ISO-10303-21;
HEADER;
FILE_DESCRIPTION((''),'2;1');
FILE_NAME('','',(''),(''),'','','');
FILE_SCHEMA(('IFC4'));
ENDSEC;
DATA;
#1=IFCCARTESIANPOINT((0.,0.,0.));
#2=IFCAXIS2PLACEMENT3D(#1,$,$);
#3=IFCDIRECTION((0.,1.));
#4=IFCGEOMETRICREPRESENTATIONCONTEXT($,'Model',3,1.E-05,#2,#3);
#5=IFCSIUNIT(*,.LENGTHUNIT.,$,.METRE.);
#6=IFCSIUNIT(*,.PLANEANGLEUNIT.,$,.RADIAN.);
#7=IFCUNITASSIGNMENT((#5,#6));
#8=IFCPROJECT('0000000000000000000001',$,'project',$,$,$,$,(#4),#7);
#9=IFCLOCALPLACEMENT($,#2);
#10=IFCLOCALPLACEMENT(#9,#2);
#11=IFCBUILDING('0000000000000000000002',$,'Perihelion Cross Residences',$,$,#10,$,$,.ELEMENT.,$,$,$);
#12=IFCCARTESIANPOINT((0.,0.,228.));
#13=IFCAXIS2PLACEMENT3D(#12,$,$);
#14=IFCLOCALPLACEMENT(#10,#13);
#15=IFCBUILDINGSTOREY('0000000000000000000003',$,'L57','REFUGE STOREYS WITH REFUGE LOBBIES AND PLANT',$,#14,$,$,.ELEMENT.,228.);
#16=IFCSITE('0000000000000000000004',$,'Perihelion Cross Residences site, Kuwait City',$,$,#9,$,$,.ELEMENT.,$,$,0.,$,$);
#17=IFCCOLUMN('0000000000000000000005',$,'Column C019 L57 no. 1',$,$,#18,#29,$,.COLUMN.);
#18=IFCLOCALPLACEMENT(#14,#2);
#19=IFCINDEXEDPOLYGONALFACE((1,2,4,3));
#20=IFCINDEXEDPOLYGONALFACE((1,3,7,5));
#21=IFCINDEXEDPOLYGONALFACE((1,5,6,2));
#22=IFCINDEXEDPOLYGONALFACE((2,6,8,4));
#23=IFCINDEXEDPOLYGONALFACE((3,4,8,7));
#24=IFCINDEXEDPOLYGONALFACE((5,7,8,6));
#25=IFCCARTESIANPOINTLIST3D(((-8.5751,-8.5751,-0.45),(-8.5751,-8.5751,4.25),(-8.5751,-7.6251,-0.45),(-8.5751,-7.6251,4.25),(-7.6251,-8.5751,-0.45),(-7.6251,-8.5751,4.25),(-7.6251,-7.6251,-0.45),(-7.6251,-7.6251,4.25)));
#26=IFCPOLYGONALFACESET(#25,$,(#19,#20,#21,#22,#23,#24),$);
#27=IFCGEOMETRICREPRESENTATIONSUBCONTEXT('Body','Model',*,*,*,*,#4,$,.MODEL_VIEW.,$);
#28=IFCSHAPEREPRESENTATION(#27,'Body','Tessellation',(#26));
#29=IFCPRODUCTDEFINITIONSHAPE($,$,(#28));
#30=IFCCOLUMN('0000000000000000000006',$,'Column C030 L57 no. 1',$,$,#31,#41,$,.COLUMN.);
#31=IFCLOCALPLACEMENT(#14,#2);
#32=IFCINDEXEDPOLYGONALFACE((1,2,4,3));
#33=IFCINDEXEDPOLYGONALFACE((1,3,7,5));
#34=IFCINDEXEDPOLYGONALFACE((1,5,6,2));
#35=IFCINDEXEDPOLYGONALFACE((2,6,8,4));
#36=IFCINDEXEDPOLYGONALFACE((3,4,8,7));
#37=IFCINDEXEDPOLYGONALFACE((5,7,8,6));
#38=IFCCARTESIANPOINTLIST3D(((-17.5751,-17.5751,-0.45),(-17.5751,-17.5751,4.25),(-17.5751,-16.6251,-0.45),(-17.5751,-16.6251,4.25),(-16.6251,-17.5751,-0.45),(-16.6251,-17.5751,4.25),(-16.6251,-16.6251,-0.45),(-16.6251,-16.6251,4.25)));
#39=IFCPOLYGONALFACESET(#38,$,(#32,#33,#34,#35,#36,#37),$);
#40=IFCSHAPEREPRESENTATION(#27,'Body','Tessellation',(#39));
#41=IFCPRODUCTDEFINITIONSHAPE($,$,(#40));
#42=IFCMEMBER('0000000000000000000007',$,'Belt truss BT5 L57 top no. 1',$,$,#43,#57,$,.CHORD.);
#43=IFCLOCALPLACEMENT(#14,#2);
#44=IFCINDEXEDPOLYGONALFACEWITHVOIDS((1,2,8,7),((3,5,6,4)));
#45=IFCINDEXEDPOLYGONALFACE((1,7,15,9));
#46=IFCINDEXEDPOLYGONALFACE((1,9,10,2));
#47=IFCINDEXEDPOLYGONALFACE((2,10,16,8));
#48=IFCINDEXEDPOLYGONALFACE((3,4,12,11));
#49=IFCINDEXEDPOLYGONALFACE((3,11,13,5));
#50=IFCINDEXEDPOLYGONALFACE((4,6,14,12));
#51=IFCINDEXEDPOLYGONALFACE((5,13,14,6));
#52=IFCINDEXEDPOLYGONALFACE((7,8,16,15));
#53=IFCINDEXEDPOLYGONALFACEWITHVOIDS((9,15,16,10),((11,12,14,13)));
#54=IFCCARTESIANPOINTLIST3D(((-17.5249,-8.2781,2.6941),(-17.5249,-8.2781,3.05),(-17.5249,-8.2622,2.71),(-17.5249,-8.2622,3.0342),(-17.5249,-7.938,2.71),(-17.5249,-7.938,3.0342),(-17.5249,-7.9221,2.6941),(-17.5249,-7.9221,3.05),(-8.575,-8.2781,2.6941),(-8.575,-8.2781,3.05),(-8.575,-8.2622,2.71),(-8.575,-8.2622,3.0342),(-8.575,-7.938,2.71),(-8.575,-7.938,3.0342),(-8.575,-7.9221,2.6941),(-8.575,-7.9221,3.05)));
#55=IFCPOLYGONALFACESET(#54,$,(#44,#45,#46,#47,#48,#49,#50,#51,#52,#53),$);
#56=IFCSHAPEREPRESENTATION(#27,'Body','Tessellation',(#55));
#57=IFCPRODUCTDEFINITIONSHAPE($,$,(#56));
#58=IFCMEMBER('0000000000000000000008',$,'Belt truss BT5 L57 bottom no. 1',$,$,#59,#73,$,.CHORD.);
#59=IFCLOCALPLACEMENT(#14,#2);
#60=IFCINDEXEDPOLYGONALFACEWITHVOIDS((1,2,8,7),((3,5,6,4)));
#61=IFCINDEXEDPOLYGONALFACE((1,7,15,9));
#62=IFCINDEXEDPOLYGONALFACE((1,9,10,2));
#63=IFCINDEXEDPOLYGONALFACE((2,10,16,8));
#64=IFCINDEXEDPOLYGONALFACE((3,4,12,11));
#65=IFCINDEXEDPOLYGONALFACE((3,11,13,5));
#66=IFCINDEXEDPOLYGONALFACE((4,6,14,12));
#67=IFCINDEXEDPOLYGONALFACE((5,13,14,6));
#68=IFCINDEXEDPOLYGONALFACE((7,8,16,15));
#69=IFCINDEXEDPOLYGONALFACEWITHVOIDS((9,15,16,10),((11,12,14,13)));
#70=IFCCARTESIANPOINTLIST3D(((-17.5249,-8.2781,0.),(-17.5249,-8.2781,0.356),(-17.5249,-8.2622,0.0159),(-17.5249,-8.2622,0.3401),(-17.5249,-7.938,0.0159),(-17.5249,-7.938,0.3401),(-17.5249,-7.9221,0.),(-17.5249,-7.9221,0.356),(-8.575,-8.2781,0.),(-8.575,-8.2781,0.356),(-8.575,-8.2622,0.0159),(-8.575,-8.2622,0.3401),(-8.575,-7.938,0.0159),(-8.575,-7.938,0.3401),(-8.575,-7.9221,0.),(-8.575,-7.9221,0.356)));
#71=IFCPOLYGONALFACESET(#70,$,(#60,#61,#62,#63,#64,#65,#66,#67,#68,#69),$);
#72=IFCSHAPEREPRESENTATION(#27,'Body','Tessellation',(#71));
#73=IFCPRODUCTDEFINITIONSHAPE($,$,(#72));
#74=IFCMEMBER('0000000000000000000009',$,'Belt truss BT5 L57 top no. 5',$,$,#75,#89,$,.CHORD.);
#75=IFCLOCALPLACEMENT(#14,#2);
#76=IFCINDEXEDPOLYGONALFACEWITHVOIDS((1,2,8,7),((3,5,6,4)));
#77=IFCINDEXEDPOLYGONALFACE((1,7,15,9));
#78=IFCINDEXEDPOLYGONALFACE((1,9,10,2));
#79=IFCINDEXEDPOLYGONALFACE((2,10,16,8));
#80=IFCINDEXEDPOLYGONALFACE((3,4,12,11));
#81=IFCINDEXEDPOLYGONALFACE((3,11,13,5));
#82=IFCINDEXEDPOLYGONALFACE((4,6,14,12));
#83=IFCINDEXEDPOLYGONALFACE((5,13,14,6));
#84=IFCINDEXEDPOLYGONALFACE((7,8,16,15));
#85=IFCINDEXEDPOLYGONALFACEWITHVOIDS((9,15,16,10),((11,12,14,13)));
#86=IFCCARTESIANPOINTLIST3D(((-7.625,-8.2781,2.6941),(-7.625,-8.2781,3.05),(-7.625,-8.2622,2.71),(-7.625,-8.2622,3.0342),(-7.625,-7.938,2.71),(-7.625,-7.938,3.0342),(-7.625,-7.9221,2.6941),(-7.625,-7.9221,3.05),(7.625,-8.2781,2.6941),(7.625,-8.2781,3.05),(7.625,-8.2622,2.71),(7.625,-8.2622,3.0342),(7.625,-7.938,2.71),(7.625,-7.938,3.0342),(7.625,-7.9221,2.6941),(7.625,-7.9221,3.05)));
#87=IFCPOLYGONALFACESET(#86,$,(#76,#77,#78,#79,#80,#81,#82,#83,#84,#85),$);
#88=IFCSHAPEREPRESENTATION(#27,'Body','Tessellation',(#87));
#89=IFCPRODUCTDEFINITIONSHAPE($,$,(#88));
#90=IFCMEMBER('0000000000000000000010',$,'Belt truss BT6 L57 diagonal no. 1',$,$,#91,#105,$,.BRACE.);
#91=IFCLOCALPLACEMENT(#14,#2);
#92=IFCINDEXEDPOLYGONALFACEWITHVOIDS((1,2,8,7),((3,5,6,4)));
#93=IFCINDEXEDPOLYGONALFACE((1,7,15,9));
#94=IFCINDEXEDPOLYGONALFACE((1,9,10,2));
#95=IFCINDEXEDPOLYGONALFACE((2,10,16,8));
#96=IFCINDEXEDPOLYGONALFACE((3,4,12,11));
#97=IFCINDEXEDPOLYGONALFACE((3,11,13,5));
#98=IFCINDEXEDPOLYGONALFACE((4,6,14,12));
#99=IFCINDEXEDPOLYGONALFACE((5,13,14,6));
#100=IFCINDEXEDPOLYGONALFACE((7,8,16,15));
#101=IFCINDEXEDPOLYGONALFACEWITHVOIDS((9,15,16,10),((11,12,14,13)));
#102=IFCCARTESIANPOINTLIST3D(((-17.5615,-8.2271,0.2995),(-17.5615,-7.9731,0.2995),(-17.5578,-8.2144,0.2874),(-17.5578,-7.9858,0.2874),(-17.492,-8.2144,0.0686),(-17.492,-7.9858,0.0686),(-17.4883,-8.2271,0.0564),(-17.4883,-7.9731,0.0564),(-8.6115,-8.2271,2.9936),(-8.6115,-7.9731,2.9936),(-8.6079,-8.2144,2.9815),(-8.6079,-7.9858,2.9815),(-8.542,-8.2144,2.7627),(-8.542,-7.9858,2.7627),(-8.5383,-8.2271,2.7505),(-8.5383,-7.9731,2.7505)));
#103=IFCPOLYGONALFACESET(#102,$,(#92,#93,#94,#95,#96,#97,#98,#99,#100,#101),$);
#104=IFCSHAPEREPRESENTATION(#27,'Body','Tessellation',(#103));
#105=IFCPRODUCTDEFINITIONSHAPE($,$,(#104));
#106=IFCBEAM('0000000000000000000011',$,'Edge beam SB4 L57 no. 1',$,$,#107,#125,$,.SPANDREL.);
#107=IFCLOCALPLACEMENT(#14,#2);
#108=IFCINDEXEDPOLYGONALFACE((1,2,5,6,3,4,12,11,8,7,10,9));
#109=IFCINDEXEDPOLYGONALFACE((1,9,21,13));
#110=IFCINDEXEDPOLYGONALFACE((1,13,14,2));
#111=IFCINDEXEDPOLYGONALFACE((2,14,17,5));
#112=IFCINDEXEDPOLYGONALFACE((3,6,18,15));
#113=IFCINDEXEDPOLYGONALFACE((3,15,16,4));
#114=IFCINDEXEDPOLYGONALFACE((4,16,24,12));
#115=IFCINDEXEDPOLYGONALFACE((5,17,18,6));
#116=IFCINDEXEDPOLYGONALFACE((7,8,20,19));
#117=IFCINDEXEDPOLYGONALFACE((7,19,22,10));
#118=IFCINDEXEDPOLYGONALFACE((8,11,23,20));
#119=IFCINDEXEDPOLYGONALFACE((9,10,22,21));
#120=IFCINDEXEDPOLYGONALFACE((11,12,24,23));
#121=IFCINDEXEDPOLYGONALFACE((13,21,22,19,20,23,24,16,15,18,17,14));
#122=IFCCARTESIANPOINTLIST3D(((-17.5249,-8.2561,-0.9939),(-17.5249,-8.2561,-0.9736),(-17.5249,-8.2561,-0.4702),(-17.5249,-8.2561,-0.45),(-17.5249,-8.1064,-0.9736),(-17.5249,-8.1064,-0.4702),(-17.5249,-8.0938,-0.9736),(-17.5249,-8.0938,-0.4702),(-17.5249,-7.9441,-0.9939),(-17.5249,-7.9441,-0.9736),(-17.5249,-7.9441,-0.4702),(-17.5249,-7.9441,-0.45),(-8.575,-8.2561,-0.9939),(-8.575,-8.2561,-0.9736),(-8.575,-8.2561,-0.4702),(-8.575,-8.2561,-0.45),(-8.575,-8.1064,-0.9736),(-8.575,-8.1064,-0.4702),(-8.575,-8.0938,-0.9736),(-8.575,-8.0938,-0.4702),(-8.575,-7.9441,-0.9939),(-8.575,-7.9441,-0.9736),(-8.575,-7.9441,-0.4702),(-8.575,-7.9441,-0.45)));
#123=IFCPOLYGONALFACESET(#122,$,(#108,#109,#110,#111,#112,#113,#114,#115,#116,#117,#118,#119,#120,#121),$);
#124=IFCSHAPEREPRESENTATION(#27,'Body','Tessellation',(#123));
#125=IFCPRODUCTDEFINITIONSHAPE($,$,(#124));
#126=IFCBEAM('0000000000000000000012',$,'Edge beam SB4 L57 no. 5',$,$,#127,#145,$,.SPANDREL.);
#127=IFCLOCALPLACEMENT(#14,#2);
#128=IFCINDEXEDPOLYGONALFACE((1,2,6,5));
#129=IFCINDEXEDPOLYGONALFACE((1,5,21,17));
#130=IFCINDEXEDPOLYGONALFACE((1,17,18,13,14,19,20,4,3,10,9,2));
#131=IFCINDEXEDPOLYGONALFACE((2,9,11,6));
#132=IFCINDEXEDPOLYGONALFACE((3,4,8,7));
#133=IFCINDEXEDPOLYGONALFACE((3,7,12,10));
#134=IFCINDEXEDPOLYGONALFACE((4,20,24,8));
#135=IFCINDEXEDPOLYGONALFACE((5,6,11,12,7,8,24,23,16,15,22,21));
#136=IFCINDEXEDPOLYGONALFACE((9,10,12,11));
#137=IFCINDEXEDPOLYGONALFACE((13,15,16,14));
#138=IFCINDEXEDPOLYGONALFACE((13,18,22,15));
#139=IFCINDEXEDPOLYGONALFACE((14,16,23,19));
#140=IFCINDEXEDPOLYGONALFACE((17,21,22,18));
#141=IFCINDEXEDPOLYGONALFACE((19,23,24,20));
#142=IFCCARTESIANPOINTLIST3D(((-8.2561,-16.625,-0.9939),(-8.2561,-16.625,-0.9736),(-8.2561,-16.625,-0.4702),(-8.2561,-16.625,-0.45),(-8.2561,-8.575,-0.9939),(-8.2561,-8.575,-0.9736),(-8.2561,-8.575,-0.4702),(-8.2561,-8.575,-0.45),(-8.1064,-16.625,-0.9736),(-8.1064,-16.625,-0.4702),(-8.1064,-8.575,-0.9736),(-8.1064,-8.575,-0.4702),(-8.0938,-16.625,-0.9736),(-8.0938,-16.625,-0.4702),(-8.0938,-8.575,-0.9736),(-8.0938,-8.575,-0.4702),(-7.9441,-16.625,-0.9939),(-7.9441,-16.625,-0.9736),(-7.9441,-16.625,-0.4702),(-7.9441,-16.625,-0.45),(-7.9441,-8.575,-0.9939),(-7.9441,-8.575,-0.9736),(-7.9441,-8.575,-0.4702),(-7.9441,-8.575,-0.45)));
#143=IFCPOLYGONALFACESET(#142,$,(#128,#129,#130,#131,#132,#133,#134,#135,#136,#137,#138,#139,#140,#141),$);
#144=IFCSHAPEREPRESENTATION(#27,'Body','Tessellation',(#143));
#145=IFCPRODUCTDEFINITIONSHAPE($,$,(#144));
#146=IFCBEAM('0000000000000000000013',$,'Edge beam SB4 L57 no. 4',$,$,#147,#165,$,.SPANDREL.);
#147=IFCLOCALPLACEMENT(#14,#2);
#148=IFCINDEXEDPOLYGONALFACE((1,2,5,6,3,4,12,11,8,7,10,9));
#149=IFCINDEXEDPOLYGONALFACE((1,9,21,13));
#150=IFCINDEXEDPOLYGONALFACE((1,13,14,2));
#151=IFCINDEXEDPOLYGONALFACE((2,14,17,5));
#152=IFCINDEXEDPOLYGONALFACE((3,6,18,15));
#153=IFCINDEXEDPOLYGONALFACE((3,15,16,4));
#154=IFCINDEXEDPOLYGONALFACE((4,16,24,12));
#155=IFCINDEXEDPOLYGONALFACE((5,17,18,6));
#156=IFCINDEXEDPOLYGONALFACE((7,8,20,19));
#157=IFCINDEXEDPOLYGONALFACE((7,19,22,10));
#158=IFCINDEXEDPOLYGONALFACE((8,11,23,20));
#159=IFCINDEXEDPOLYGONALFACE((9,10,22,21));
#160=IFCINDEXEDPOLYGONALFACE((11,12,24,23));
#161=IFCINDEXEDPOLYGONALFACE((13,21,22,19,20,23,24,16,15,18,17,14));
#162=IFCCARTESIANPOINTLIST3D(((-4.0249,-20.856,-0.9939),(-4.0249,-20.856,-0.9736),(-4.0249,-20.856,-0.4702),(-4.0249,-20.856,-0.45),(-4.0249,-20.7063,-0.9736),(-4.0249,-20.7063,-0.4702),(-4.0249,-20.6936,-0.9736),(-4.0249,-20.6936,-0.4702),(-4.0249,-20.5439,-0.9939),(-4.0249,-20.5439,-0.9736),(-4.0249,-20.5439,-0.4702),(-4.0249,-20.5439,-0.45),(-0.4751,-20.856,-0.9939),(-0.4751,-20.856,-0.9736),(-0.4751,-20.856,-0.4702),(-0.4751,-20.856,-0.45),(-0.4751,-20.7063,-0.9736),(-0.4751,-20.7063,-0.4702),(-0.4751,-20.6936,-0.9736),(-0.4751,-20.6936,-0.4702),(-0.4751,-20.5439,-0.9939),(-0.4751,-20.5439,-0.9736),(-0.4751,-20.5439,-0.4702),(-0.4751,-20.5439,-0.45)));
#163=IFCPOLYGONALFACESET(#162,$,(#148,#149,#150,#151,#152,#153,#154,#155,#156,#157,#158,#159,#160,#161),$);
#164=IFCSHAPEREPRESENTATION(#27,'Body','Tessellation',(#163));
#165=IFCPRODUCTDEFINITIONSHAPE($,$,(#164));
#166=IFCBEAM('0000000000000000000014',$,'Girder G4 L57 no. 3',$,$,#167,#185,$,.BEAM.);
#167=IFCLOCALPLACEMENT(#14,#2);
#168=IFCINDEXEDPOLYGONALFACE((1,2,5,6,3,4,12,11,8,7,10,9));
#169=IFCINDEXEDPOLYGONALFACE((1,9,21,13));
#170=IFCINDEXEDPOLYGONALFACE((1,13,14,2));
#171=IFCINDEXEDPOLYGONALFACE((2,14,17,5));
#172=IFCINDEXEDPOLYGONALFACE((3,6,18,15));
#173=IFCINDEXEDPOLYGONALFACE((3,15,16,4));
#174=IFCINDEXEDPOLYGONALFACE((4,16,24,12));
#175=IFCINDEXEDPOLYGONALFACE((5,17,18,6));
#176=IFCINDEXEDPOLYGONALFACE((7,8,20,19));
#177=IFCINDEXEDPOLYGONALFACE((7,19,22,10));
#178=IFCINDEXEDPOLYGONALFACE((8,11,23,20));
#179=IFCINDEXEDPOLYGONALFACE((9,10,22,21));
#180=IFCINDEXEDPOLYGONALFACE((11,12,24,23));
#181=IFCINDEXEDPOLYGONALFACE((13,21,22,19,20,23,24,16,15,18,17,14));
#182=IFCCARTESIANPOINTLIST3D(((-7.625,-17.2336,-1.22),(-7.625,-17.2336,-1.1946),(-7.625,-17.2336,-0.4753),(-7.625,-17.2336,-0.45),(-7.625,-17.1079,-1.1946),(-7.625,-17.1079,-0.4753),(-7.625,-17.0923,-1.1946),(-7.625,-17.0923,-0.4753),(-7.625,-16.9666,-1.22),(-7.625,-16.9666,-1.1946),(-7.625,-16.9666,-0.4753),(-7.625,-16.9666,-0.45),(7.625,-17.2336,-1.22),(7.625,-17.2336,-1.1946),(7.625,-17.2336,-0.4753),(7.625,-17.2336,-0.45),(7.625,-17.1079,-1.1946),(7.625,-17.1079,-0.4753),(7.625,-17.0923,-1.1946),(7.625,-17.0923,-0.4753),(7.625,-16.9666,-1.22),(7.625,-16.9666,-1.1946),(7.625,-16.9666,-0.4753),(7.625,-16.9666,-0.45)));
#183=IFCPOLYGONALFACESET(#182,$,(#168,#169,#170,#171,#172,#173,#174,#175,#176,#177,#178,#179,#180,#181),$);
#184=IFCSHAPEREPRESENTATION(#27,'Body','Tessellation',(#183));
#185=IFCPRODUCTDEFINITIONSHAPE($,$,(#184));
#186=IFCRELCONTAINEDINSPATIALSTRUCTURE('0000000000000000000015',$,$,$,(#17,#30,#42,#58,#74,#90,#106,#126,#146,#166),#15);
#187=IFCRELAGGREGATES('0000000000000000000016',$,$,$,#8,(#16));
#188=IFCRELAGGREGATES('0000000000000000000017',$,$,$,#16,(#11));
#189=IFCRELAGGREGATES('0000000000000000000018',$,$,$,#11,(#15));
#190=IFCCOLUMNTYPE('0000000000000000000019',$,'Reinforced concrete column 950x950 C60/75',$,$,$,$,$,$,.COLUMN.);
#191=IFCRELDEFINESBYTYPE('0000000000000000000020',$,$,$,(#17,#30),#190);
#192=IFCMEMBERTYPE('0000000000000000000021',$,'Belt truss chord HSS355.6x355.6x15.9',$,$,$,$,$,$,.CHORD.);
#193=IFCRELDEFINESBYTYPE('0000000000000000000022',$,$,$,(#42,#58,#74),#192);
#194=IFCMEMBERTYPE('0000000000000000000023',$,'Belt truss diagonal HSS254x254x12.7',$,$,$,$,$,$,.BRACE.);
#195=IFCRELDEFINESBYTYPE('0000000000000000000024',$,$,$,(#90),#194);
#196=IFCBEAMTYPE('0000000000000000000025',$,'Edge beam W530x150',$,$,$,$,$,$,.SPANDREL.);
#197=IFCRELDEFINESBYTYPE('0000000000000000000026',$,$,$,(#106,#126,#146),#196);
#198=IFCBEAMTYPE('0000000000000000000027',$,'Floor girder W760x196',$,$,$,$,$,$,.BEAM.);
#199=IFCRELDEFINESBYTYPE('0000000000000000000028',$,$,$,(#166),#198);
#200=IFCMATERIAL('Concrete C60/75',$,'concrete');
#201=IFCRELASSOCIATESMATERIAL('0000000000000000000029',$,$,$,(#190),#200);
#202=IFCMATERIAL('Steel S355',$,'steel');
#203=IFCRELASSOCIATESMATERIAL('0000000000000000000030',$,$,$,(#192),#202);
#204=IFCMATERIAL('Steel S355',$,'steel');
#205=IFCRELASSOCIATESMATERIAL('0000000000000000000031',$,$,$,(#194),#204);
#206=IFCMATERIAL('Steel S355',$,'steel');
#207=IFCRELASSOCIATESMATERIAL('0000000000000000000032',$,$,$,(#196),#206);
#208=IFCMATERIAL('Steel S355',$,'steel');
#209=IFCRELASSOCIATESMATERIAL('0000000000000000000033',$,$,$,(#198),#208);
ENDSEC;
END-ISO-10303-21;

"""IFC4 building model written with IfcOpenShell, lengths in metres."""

from ifc_helpers import new_model, si_unit, direction, frame, origin, origin_2d, place, context, subcontext, project, spatial, rectangle, hollow_rectangle, i_section, extrude, material, material_profile, profile_set, type_object, element, save


model = new_model("IFC4")

# Units and contexts
model_context = context("Model", 3, precision=1e-05, world=origin(), true_north=direction((0.0, 1.0)))
body_context = subcontext(model_context, "Body", "Model", "MODEL_VIEW")
ifc_project = project(units=[si_unit("LENGTHUNIT", "METRE"), si_unit("PLANEANGLEUNIT", "RADIAN")], contexts=[model_context])

# Site, building, storey
site_placement = place(None, origin())
site = spatial("IfcSite", under=ifc_project, at=site_placement, Name="Perihelion Cross Residences site, Kuwait City", CompositionType="ELEMENT", RefElevation=0.0)
building_placement = place(site_placement, origin())
building = spatial("IfcBuilding", under=site, at=building_placement, Name="Perihelion Cross Residences", CompositionType="ELEMENT")
storey_placement = place(building_placement, frame((0.0, 0.0, 228.0)))
storey = spatial("IfcBuildingStorey", under=building, at=storey_placement, Name="L57", Description="REFUGE STOREYS WITH REFUGE LOBBIES AND PLANT", CompositionType="ELEMENT", Elevation=228.0)

# Columns
ifc_material_1 = material(Name="Concrete C60/75", Category="concrete")
ifc_material_profile_1 = material_profile(ifc_material_1, rectangle(XDim=0.95, YDim=0.95, at=origin_2d()), Name="RC 950x950")
ifc_profile_set_1 = profile_set([ifc_material_profile_1], Name="Concrete C60/75")
column_type = type_object("IfcColumnType", Name="Reinforced concrete column 950x950 C60/75", PredefinedType="COLUMN", material=ifc_profile_set_1)
for number, where, z_axis, x_axis, name in (
    (1, (-8.1001, -8.1001, -0.45), (0.0, 0.0, 1.0), (1.0, 0.0, 0.0), "Column C019 L57 no. 1"),
    (2, (-17.1001, -17.1001, -0.45), (0.0, 0.0, 1.0), (1.0, 0.0, 0.0), "Column C030 L57 no. 1"),
):
    element("IfcColumn", number, at=place(storey_placement, frame(where, z_axis=z_axis, x_axis=x_axis)), inside=storey, type_object=column_type, Name=name, PredefinedType="COLUMN", context=body_context, shape_type="SweptSolid", body=[
        extrude(rectangle(XDim=0.95, YDim=0.95, at=origin_2d()), origin(), (0.0, 0.0, 1.0), 4.7),
    ])

# Members
ifc_material_2 = material(Name="Steel S355", Category="steel")
ifc_material_profile_2 = material_profile(ifc_material_2, hollow_rectangle(XDim=0.356, YDim=0.356, WallThickness=0.0159, at=origin_2d()), Name="HSS355.6x355.6x15.9")
ifc_profile_set_2 = profile_set([ifc_material_profile_2], Name="Steel S355")
member_type_1 = type_object("IfcMemberType", Name="Belt truss chord HSS355.6x355.6x15.9", PredefinedType="CHORD", material=ifc_profile_set_2)
for number, where, z_axis, x_axis, name in (
    (3, (-17.5249, -8.1001, 2.8721), (1.0, 0.0, 0.0), (0.0, 1.0, 0.0), "Belt truss BT5 L57 top no. 1"),
    (4, (-17.5249, -8.1001, 0.178), (1.0, 0.0, 0.0), (0.0, 1.0, 0.0), "Belt truss BT5 L57 bottom no. 1"),
):
    element("IfcMember", number, at=place(storey_placement, frame(where, z_axis=z_axis, x_axis=x_axis)), inside=storey, type_object=member_type_1, Name=name, PredefinedType="CHORD", context=body_context, shape_type="SweptSolid", body=[
        extrude(hollow_rectangle(XDim=0.356, YDim=0.356, WallThickness=0.0159, at=origin_2d()), origin(), (0.0, 0.0, 1.0), 8.95),
    ])
member_1_placement = place(storey_placement, frame((-7.625, -8.1001, 2.8721), z_axis=(1.0, 0.0, 0.0), x_axis=(0.0, 1.0, 0.0)))
element("IfcMember", 5, at=member_1_placement, inside=storey, type_object=member_type_1, Name="Belt truss BT5 L57 top no. 5", PredefinedType="CHORD", context=body_context, shape_type="SweptSolid", body=[
    extrude(hollow_rectangle(XDim=0.356, YDim=0.356, WallThickness=0.0159, at=origin_2d()), origin(), (0.0, 0.0, 1.0), 15.25),
])
ifc_material_3 = material(Name="Steel S355", Category="steel")
ifc_material_profile_3 = material_profile(ifc_material_3, hollow_rectangle(XDim=0.2539, YDim=0.2539, WallThickness=0.0127, at=origin_2d()), Name="HSS254x254x12.7")
ifc_profile_set_3 = profile_set([ifc_material_profile_3], Name="Steel S355")
member_type_2 = type_object("IfcMemberType", Name="Belt truss diagonal HSS254x254x12.7", PredefinedType="BRACE", material=ifc_profile_set_3)
member_2_placement = place(storey_placement, frame((-17.5249, -8.1001, 0.178), z_axis=(0.957558, 0.0, 0.288242), x_axis=(0.0, 1.0, 0.0)))
element("IfcMember", 6, at=member_2_placement, inside=storey, type_object=member_type_2, Name="Belt truss BT6 L57 diagonal no. 1", PredefinedType="BRACE", context=body_context, shape_type="SweptSolid", body=[
    extrude(hollow_rectangle(XDim=0.2539, YDim=0.2539, WallThickness=0.0127, at=origin_2d()), origin(), (0.0, 0.0, 1.0), 9.3467),
])

# Beams
ifc_material_4 = material(Name="Steel S355", Category="steel")
ifc_material_profile_4 = material_profile(ifc_material_4, i_section(OverallWidth=0.312, OverallDepth=0.5439, WebThickness=0.0127, FlangeThickness=0.0203, at=origin_2d()), Name="W530x150")
ifc_profile_set_4 = profile_set([ifc_material_profile_4], Name="Steel S355")
beam_type_1 = type_object("IfcBeamType", Name="Edge beam W530x150", PredefinedType="SPANDREL", material=ifc_profile_set_4)
beam_1_placement = place(storey_placement, frame((-17.5249, -8.1001, -0.7219), z_axis=(1.0, 0.0, 0.0), x_axis=(0.0, 1.0, 0.0)))
element("IfcBeam", 7, at=beam_1_placement, inside=storey, type_object=beam_type_1, Name="Edge beam SB4 L57 no. 1", PredefinedType="SPANDREL", context=body_context, shape_type="SweptSolid", body=[
    extrude(i_section(OverallWidth=0.312, OverallDepth=0.5439, WebThickness=0.0127, FlangeThickness=0.0203, at=origin_2d()), origin(), (0.0, 0.0, 1.0), 8.95),
])
beam_2_placement = place(storey_placement, frame((-8.1001, -8.575, -0.7219), z_axis=(0.0, -1.0, 0.0), x_axis=(1.0, 0.0, 0.0)))
element("IfcBeam", 8, at=beam_2_placement, inside=storey, type_object=beam_type_1, Name="Edge beam SB4 L57 no. 5", PredefinedType="SPANDREL", context=body_context, shape_type="SweptSolid", body=[
    extrude(i_section(OverallWidth=0.312, OverallDepth=0.5439, WebThickness=0.0127, FlangeThickness=0.0203, at=origin_2d()), origin(), (0.0, 0.0, 1.0), 8.05),
])
beam_3_placement = place(storey_placement, frame((-4.0249, -20.7, -0.7219), z_axis=(1.0, 0.0, 0.0), x_axis=(0.0, 1.0, 0.0)))
element("IfcBeam", 9, at=beam_3_placement, inside=storey, type_object=beam_type_1, Name="Edge beam SB4 L57 no. 4", PredefinedType="SPANDREL", context=body_context, shape_type="SweptSolid", body=[
    extrude(i_section(OverallWidth=0.312, OverallDepth=0.5439, WebThickness=0.0127, FlangeThickness=0.0203, at=origin_2d()), origin(), (0.0, 0.0, 1.0), 3.5498),
])
ifc_material_5 = material(Name="Steel S355", Category="steel")
ifc_material_profile_5 = material_profile(ifc_material_5, i_section(OverallWidth=0.2671, OverallDepth=0.77, WebThickness=0.0156, FlangeThickness=0.0254, at=origin_2d()), Name="W760x196")
ifc_profile_set_5 = profile_set([ifc_material_profile_5], Name="Steel S355")
beam_type_2 = type_object("IfcBeamType", Name="Floor girder W760x196", PredefinedType="BEAM", material=ifc_profile_set_5)
beam_4_placement = place(storey_placement, frame((-7.625, -17.1001, -0.835), z_axis=(1.0, 0.0, 0.0), x_axis=(0.0, 1.0, 0.0)))
element("IfcBeam", 10, at=beam_4_placement, inside=storey, type_object=beam_type_2, Name="Girder G4 L57 no. 3", PredefinedType="BEAM", context=body_context, shape_type="SweptSolid", body=[
    extrude(i_section(OverallWidth=0.2671, OverallDepth=0.77, WebThickness=0.0156, FlangeThickness=0.0254, at=origin_2d()), origin(), (0.0, 0.0, 1.0), 15.25),
])

save(model, "model.ifc")
